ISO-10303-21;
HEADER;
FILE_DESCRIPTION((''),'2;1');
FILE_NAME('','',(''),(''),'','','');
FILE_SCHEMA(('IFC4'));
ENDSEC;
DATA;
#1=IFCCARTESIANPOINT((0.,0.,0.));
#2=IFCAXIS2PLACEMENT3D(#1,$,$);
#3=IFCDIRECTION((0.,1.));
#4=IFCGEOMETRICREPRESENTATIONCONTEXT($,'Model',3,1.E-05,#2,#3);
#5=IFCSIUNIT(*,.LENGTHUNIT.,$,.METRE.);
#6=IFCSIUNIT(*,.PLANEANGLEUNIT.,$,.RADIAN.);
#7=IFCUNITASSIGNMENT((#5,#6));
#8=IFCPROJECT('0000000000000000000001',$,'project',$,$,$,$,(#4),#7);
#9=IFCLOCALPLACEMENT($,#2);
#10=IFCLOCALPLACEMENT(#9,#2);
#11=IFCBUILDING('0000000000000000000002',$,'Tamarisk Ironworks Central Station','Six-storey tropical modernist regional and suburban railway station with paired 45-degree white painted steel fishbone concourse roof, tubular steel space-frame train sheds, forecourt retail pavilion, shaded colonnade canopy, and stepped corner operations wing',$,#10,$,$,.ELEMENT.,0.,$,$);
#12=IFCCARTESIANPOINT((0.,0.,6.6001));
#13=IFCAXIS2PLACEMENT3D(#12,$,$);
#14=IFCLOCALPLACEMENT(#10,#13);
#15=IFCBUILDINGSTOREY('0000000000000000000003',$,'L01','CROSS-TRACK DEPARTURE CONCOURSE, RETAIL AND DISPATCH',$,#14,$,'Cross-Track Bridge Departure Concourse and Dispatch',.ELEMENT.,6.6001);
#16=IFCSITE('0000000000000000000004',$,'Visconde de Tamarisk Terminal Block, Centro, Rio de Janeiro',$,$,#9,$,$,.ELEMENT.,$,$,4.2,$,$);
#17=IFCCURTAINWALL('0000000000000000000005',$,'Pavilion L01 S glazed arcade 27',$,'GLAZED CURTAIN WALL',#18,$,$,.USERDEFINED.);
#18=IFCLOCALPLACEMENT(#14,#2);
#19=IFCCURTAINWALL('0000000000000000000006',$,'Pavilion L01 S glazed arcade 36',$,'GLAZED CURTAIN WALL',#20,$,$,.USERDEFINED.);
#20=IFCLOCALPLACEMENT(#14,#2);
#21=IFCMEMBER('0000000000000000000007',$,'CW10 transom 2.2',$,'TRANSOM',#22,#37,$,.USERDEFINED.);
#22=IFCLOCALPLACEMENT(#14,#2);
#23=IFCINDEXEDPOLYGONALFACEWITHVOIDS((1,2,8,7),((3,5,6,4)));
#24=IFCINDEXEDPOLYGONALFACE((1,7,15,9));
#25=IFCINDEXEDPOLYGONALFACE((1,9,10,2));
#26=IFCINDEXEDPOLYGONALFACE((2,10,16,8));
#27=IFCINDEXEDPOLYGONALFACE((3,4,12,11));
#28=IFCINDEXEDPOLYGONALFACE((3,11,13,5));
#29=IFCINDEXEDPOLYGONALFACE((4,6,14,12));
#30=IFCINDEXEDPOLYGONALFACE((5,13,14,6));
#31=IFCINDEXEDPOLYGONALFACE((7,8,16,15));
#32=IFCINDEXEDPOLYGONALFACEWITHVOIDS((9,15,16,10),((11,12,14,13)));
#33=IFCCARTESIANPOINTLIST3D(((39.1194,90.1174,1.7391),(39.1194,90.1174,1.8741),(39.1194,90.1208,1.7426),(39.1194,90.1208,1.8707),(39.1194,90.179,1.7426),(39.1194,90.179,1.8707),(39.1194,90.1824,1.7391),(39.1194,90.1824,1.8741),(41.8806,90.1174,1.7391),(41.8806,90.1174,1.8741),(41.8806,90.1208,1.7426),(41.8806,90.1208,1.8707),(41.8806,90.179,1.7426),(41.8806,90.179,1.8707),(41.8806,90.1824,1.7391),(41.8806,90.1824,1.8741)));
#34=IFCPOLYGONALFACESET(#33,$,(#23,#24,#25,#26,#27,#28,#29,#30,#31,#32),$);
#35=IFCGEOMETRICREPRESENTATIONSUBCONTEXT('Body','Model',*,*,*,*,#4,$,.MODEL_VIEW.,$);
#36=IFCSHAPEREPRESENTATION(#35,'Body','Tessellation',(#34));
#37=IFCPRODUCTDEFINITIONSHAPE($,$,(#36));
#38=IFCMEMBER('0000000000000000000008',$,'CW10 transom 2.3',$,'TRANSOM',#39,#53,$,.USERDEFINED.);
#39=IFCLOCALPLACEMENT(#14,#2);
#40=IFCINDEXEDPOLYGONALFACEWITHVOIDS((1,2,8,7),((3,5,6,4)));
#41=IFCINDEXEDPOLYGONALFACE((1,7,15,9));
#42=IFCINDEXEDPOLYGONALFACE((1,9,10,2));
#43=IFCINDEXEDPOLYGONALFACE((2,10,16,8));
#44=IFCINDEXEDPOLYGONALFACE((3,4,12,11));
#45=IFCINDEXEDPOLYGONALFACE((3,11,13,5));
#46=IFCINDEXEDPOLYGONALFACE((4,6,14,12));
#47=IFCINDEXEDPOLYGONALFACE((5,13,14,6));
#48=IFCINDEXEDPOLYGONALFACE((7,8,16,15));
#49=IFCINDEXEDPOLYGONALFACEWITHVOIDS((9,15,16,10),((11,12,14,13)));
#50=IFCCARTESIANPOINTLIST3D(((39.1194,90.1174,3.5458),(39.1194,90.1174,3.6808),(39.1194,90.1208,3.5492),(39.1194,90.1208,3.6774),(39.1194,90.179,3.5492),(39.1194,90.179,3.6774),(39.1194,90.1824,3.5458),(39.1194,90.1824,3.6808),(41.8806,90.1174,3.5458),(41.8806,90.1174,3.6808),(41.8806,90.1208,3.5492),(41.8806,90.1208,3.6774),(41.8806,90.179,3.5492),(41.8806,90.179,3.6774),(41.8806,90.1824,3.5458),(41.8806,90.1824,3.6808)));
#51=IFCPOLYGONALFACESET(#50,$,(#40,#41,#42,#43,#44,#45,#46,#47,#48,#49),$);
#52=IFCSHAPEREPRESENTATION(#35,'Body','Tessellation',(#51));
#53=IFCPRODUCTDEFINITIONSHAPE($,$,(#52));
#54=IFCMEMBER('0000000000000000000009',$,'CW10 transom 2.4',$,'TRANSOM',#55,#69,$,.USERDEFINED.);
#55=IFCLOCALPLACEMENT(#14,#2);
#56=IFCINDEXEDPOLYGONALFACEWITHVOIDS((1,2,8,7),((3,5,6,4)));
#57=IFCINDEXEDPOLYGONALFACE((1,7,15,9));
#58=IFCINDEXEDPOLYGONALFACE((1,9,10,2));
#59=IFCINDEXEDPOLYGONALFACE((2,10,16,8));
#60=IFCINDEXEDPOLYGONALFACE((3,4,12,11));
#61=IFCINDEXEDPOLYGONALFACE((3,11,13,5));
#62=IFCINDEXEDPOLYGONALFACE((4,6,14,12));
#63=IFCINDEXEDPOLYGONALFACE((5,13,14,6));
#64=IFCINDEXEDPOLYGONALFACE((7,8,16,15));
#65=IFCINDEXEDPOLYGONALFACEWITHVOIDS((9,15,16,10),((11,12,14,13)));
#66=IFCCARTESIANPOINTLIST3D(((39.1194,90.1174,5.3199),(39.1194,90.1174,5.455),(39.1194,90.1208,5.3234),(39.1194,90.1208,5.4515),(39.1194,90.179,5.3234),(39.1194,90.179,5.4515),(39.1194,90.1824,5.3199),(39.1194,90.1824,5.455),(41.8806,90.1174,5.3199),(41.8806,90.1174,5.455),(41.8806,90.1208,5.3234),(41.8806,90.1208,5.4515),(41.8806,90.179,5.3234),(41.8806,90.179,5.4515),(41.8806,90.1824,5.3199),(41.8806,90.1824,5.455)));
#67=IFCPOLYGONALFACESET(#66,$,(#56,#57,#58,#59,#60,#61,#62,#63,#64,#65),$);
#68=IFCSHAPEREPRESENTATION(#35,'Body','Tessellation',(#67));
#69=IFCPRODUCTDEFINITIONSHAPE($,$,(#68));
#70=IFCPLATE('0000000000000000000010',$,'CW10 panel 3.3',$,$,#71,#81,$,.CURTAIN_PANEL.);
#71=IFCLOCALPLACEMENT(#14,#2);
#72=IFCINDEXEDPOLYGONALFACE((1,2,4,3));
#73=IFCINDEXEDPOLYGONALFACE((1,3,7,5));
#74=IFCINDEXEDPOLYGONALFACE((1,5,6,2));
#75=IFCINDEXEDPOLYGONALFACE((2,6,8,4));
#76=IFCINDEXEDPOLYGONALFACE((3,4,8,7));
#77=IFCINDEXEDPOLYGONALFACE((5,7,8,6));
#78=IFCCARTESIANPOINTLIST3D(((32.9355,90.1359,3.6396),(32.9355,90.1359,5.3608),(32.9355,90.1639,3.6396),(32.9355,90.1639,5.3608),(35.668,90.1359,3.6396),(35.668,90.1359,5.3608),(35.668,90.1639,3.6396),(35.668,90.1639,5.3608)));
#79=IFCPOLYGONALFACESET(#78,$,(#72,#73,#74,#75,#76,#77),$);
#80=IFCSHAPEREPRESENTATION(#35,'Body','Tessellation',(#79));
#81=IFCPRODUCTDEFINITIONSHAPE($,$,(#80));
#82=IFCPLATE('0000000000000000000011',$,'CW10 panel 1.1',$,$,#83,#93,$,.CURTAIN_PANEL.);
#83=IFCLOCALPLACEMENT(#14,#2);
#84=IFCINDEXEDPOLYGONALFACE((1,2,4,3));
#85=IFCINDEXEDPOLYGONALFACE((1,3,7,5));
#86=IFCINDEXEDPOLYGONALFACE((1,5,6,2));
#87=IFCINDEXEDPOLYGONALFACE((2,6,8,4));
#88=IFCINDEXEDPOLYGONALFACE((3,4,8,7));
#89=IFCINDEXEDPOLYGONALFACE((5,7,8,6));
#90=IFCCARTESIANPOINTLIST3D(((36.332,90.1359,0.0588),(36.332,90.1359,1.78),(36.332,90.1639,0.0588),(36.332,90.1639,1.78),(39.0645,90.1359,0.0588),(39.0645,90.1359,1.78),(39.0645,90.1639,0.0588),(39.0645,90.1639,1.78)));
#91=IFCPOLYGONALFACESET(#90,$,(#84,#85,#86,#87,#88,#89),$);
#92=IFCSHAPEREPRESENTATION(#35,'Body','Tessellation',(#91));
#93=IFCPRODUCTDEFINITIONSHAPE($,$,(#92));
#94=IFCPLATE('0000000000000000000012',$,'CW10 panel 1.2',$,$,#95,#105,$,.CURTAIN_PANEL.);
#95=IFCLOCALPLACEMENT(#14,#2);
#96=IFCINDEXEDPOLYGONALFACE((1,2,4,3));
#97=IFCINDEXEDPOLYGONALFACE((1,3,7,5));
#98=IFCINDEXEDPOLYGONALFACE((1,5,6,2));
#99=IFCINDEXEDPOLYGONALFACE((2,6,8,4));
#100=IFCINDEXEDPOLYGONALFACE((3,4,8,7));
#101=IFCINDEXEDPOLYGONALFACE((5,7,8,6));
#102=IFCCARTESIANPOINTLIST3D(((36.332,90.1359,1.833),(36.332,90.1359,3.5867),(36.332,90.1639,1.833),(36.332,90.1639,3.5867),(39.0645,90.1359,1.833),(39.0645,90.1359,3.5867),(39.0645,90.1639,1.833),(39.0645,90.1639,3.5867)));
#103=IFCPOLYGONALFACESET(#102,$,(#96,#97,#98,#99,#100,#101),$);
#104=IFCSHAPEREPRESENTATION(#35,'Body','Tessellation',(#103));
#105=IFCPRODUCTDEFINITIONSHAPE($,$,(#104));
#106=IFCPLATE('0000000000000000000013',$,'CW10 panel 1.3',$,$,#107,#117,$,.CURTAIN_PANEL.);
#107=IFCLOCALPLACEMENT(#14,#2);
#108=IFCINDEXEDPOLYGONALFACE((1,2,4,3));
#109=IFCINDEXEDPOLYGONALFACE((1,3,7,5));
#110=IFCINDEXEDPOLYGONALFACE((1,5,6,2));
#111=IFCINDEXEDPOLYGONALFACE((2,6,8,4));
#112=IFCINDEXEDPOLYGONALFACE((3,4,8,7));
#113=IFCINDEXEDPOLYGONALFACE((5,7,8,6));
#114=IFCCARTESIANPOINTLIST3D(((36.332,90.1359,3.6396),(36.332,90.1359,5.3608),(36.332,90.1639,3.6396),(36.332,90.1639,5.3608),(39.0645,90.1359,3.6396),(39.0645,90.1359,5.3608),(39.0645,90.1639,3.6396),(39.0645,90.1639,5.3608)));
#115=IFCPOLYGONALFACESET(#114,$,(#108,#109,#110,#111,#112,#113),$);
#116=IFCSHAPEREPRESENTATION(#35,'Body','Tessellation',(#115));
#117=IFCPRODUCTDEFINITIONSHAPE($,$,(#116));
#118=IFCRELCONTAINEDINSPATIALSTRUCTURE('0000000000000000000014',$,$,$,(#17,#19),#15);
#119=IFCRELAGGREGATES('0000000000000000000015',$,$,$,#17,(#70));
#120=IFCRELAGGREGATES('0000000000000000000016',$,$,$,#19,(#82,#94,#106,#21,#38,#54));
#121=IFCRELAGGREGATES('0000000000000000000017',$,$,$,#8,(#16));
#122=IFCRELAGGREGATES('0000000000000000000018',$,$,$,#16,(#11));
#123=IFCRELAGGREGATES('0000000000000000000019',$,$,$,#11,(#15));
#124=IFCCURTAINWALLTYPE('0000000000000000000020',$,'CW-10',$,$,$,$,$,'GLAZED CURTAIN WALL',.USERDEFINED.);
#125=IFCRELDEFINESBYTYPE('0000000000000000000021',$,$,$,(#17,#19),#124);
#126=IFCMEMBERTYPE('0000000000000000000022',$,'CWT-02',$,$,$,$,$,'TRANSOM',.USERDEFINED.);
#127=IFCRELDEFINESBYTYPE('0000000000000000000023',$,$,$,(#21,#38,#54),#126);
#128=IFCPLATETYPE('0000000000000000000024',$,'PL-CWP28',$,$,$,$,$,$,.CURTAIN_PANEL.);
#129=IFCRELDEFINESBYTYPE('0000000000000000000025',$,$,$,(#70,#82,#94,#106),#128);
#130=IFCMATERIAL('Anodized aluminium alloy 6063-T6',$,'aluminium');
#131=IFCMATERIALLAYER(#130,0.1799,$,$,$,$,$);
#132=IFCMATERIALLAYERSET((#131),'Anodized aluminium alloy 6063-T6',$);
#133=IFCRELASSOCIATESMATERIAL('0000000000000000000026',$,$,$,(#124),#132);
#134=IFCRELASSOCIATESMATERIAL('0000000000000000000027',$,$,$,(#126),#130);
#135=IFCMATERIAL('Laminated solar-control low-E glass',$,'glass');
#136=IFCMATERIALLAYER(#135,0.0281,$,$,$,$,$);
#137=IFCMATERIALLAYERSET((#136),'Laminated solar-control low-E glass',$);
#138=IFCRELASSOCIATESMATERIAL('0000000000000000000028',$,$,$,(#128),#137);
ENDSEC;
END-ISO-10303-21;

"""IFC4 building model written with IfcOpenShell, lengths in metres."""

from ifc_helpers import new_model, si_unit, direction, frame, origin, origin_2d, place, context, subcontext, project, spatial, rectangle, hollow_rectangle, extrude, material, layer, layer_set, material_profile, profile_set, type_object, element, aggregate, save


model = new_model("IFC4")

# Units and contexts
model_context = context("Model", 3, precision=1e-05, world=origin(), true_north=direction((0.0, 1.0)))
body_context = subcontext(model_context, "Body", "Model", "MODEL_VIEW")
ifc_project = project(units=[si_unit("LENGTHUNIT", "METRE"), si_unit("PLANEANGLEUNIT", "RADIAN")], contexts=[model_context])

# Site, building, storey
site_placement = place(None, origin())
site = spatial("IfcSite", under=ifc_project, at=site_placement, Name="Visconde de Tamarisk Terminal Block, Centro, Rio de Janeiro", CompositionType="ELEMENT", RefElevation=4.2)
building_placement = place(site_placement, origin())
building = spatial("IfcBuilding", under=site, at=building_placement, Name="Tamarisk Ironworks Central Station", Description="Six-storey tropical modernist regional and suburban railway station with paired 45-degree white painted steel fishbone concourse roof, tubular steel space-frame train sheds, forecourt retail pavilion, shaded colonnade canopy, and stepped corner operations wing", CompositionType="ELEMENT", ElevationOfRefHeight=0.0)
storey_placement = place(building_placement, frame((0.0, 0.0, 6.6001)))
storey = spatial("IfcBuildingStorey", under=building, at=storey_placement, Name="L01", Description="CROSS-TRACK DEPARTURE CONCOURSE, RETAIL AND DISPATCH", LongName="Cross-Track Bridge Departure Concourse and Dispatch", CompositionType="ELEMENT", Elevation=6.6001)

# Curtain wall
ifc_material_1 = material(Name="Anodized aluminium alloy 6063-T6", Category="aluminium")
ifc_layer_1 = layer(ifc_material_1, 0.1799)
ifc_layer_set_1 = layer_set([ifc_layer_1], Name="Anodized aluminium alloy 6063-T6")
curtain_wall_type = type_object("IfcCurtainWallType", Name="CW-10", ElementType="GLAZED CURTAIN WALL", PredefinedType="USERDEFINED", material=ifc_layer_set_1)
curtain_wall_1_placement = place(storey_placement, origin())
curtain_wall_1 = element("IfcCurtainWall", 1, at=curtain_wall_1_placement, inside=storey, type_object=curtain_wall_type, Name="Pavilion L01 S glazed arcade 27", ObjectType="GLAZED CURTAIN WALL", PredefinedType="USERDEFINED")

# Curtain wall, members
curtain_wall_2_placement = place(storey_placement, origin())
curtain_wall_2 = element("IfcCurtainWall", 2, at=curtain_wall_2_placement, inside=storey, type_object=curtain_wall_type, Name="Pavilion L01 S glazed arcade 36", ObjectType="GLAZED CURTAIN WALL", PredefinedType="USERDEFINED")
ifc_material_profile_1 = material_profile(ifc_material_1, hollow_rectangle(XDim=0.0649, YDim=0.135, WallThickness=0.0034, at=origin_2d()), Name="ALUM 135x65")
ifc_profile_set_1 = profile_set([ifc_material_profile_1], Name="Anodized aluminium alloy 6063-T6")
member_type_1 = type_object("IfcMemberType", Name="CWT-02", ElementType="TRANSOM", PredefinedType="USERDEFINED", material=ifc_profile_set_1)
member_1_placement = place(storey_placement, frame((39.1194, 90.1499, 1.8066), z_axis=(1.0, 0.0, 0.0), x_axis=(0.0, 1.0, 0.0)))
member_1 = element("IfcMember", 3, at=member_1_placement, type_object=member_type_1, Name="CW10 transom 2.2", ObjectType="TRANSOM", PredefinedType="USERDEFINED", context=body_context, shape_type="SweptSolid", body=[
    extrude(hollow_rectangle(XDim=0.0649, YDim=0.135, WallThickness=0.0034, at=origin_2d()), origin(), (0.0, 0.0, 1.0), 2.7612),
])
member_2_placement = place(storey_placement, frame((39.1194, 90.1499, 3.6133), z_axis=(1.0, 0.0, 0.0), x_axis=(0.0, 1.0, 0.0)))
member_2 = element("IfcMember", 4, at=member_2_placement, type_object=member_type_1, Name="CW10 transom 2.3", ObjectType="TRANSOM", PredefinedType="USERDEFINED", context=body_context, shape_type="SweptSolid", body=[
    extrude(hollow_rectangle(XDim=0.0649, YDim=0.135, WallThickness=0.0034, at=origin_2d()), origin(), (0.0, 0.0, 1.0), 2.7612),
])
member_3_placement = place(storey_placement, frame((39.1194, 90.1499, 5.3875), z_axis=(1.0, 0.0, 0.0), x_axis=(0.0, 1.0, 0.0)))
member_3 = element("IfcMember", 5, at=member_3_placement, type_object=member_type_1, Name="CW10 transom 2.4", ObjectType="TRANSOM", PredefinedType="USERDEFINED", context=body_context, shape_type="SweptSolid", body=[
    extrude(hollow_rectangle(XDim=0.0649, YDim=0.135, WallThickness=0.0034, at=origin_2d()), origin(), (0.0, 0.0, 1.0), 2.7612),
])

# Plates
ifc_material_2 = material(Name="Laminated solar-control low-E glass", Category="glass")
ifc_layer_2 = layer(ifc_material_2, 0.0281)
ifc_layer_set_2 = layer_set([ifc_layer_2], Name="Laminated solar-control low-E glass")
plate_type = type_object("IfcPlateType", Name="PL-CWP28", PredefinedType="CURTAIN_PANEL", material=ifc_layer_set_2)
plate_1_placement = place(storey_placement, frame((34.3018, 90.1499, 3.6396), z_axis=(0.0, 0.0, 1.0), x_axis=(1.0, 0.0, 0.0)))
plate_1 = element("IfcPlate", 6, at=plate_1_placement, type_object=plate_type, Name="CW10 panel 3.3", PredefinedType="CURTAIN_PANEL", context=body_context, shape_type="SweptSolid", body=[
    extrude(rectangle(XDim=2.7324, YDim=0.0281, at=origin_2d()), origin(), (0.0, 0.0, 1.0), 1.7212),
])
aggregate(curtain_wall_1, [plate_1])
plate_2_placement = place(storey_placement, frame((37.6982, 90.1499, 0.0588), z_axis=(0.0, 0.0, 1.0), x_axis=(1.0, 0.0, 0.0)))
plate_2 = element("IfcPlate", 7, at=plate_2_placement, type_object=plate_type, Name="CW10 panel 1.1", PredefinedType="CURTAIN_PANEL", context=body_context, shape_type="SweptSolid", body=[
    extrude(rectangle(XDim=2.7324, YDim=0.0281, at=origin_2d()), origin(), (0.0, 0.0, 1.0), 1.7212),
])
plate_3_placement = place(storey_placement, frame((37.6982, 90.1499, 1.833), z_axis=(0.0, 0.0, 1.0), x_axis=(1.0, 0.0, 0.0)))
plate_3 = element("IfcPlate", 8, at=plate_3_placement, type_object=plate_type, Name="CW10 panel 1.2", PredefinedType="CURTAIN_PANEL", context=body_context, shape_type="SweptSolid", body=[
    extrude(rectangle(XDim=2.7324, YDim=0.0281, at=origin_2d()), origin(), (0.0, 0.0, 1.0), 1.7537),
])
plate_4_placement = place(storey_placement, frame((37.6982, 90.1499, 3.6396), z_axis=(0.0, 0.0, 1.0), x_axis=(1.0, 0.0, 0.0)))
plate_4 = element("IfcPlate", 9, at=plate_4_placement, type_object=plate_type, Name="CW10 panel 1.3", PredefinedType="CURTAIN_PANEL", context=body_context, shape_type="SweptSolid", body=[
    extrude(rectangle(XDim=2.7324, YDim=0.0281, at=origin_2d()), origin(), (0.0, 0.0, 1.0), 1.7212),
])
aggregate(curtain_wall_2, [plate_2, plate_3, plate_4, member_1, member_2, member_3])

save(model, "model.ifc")
